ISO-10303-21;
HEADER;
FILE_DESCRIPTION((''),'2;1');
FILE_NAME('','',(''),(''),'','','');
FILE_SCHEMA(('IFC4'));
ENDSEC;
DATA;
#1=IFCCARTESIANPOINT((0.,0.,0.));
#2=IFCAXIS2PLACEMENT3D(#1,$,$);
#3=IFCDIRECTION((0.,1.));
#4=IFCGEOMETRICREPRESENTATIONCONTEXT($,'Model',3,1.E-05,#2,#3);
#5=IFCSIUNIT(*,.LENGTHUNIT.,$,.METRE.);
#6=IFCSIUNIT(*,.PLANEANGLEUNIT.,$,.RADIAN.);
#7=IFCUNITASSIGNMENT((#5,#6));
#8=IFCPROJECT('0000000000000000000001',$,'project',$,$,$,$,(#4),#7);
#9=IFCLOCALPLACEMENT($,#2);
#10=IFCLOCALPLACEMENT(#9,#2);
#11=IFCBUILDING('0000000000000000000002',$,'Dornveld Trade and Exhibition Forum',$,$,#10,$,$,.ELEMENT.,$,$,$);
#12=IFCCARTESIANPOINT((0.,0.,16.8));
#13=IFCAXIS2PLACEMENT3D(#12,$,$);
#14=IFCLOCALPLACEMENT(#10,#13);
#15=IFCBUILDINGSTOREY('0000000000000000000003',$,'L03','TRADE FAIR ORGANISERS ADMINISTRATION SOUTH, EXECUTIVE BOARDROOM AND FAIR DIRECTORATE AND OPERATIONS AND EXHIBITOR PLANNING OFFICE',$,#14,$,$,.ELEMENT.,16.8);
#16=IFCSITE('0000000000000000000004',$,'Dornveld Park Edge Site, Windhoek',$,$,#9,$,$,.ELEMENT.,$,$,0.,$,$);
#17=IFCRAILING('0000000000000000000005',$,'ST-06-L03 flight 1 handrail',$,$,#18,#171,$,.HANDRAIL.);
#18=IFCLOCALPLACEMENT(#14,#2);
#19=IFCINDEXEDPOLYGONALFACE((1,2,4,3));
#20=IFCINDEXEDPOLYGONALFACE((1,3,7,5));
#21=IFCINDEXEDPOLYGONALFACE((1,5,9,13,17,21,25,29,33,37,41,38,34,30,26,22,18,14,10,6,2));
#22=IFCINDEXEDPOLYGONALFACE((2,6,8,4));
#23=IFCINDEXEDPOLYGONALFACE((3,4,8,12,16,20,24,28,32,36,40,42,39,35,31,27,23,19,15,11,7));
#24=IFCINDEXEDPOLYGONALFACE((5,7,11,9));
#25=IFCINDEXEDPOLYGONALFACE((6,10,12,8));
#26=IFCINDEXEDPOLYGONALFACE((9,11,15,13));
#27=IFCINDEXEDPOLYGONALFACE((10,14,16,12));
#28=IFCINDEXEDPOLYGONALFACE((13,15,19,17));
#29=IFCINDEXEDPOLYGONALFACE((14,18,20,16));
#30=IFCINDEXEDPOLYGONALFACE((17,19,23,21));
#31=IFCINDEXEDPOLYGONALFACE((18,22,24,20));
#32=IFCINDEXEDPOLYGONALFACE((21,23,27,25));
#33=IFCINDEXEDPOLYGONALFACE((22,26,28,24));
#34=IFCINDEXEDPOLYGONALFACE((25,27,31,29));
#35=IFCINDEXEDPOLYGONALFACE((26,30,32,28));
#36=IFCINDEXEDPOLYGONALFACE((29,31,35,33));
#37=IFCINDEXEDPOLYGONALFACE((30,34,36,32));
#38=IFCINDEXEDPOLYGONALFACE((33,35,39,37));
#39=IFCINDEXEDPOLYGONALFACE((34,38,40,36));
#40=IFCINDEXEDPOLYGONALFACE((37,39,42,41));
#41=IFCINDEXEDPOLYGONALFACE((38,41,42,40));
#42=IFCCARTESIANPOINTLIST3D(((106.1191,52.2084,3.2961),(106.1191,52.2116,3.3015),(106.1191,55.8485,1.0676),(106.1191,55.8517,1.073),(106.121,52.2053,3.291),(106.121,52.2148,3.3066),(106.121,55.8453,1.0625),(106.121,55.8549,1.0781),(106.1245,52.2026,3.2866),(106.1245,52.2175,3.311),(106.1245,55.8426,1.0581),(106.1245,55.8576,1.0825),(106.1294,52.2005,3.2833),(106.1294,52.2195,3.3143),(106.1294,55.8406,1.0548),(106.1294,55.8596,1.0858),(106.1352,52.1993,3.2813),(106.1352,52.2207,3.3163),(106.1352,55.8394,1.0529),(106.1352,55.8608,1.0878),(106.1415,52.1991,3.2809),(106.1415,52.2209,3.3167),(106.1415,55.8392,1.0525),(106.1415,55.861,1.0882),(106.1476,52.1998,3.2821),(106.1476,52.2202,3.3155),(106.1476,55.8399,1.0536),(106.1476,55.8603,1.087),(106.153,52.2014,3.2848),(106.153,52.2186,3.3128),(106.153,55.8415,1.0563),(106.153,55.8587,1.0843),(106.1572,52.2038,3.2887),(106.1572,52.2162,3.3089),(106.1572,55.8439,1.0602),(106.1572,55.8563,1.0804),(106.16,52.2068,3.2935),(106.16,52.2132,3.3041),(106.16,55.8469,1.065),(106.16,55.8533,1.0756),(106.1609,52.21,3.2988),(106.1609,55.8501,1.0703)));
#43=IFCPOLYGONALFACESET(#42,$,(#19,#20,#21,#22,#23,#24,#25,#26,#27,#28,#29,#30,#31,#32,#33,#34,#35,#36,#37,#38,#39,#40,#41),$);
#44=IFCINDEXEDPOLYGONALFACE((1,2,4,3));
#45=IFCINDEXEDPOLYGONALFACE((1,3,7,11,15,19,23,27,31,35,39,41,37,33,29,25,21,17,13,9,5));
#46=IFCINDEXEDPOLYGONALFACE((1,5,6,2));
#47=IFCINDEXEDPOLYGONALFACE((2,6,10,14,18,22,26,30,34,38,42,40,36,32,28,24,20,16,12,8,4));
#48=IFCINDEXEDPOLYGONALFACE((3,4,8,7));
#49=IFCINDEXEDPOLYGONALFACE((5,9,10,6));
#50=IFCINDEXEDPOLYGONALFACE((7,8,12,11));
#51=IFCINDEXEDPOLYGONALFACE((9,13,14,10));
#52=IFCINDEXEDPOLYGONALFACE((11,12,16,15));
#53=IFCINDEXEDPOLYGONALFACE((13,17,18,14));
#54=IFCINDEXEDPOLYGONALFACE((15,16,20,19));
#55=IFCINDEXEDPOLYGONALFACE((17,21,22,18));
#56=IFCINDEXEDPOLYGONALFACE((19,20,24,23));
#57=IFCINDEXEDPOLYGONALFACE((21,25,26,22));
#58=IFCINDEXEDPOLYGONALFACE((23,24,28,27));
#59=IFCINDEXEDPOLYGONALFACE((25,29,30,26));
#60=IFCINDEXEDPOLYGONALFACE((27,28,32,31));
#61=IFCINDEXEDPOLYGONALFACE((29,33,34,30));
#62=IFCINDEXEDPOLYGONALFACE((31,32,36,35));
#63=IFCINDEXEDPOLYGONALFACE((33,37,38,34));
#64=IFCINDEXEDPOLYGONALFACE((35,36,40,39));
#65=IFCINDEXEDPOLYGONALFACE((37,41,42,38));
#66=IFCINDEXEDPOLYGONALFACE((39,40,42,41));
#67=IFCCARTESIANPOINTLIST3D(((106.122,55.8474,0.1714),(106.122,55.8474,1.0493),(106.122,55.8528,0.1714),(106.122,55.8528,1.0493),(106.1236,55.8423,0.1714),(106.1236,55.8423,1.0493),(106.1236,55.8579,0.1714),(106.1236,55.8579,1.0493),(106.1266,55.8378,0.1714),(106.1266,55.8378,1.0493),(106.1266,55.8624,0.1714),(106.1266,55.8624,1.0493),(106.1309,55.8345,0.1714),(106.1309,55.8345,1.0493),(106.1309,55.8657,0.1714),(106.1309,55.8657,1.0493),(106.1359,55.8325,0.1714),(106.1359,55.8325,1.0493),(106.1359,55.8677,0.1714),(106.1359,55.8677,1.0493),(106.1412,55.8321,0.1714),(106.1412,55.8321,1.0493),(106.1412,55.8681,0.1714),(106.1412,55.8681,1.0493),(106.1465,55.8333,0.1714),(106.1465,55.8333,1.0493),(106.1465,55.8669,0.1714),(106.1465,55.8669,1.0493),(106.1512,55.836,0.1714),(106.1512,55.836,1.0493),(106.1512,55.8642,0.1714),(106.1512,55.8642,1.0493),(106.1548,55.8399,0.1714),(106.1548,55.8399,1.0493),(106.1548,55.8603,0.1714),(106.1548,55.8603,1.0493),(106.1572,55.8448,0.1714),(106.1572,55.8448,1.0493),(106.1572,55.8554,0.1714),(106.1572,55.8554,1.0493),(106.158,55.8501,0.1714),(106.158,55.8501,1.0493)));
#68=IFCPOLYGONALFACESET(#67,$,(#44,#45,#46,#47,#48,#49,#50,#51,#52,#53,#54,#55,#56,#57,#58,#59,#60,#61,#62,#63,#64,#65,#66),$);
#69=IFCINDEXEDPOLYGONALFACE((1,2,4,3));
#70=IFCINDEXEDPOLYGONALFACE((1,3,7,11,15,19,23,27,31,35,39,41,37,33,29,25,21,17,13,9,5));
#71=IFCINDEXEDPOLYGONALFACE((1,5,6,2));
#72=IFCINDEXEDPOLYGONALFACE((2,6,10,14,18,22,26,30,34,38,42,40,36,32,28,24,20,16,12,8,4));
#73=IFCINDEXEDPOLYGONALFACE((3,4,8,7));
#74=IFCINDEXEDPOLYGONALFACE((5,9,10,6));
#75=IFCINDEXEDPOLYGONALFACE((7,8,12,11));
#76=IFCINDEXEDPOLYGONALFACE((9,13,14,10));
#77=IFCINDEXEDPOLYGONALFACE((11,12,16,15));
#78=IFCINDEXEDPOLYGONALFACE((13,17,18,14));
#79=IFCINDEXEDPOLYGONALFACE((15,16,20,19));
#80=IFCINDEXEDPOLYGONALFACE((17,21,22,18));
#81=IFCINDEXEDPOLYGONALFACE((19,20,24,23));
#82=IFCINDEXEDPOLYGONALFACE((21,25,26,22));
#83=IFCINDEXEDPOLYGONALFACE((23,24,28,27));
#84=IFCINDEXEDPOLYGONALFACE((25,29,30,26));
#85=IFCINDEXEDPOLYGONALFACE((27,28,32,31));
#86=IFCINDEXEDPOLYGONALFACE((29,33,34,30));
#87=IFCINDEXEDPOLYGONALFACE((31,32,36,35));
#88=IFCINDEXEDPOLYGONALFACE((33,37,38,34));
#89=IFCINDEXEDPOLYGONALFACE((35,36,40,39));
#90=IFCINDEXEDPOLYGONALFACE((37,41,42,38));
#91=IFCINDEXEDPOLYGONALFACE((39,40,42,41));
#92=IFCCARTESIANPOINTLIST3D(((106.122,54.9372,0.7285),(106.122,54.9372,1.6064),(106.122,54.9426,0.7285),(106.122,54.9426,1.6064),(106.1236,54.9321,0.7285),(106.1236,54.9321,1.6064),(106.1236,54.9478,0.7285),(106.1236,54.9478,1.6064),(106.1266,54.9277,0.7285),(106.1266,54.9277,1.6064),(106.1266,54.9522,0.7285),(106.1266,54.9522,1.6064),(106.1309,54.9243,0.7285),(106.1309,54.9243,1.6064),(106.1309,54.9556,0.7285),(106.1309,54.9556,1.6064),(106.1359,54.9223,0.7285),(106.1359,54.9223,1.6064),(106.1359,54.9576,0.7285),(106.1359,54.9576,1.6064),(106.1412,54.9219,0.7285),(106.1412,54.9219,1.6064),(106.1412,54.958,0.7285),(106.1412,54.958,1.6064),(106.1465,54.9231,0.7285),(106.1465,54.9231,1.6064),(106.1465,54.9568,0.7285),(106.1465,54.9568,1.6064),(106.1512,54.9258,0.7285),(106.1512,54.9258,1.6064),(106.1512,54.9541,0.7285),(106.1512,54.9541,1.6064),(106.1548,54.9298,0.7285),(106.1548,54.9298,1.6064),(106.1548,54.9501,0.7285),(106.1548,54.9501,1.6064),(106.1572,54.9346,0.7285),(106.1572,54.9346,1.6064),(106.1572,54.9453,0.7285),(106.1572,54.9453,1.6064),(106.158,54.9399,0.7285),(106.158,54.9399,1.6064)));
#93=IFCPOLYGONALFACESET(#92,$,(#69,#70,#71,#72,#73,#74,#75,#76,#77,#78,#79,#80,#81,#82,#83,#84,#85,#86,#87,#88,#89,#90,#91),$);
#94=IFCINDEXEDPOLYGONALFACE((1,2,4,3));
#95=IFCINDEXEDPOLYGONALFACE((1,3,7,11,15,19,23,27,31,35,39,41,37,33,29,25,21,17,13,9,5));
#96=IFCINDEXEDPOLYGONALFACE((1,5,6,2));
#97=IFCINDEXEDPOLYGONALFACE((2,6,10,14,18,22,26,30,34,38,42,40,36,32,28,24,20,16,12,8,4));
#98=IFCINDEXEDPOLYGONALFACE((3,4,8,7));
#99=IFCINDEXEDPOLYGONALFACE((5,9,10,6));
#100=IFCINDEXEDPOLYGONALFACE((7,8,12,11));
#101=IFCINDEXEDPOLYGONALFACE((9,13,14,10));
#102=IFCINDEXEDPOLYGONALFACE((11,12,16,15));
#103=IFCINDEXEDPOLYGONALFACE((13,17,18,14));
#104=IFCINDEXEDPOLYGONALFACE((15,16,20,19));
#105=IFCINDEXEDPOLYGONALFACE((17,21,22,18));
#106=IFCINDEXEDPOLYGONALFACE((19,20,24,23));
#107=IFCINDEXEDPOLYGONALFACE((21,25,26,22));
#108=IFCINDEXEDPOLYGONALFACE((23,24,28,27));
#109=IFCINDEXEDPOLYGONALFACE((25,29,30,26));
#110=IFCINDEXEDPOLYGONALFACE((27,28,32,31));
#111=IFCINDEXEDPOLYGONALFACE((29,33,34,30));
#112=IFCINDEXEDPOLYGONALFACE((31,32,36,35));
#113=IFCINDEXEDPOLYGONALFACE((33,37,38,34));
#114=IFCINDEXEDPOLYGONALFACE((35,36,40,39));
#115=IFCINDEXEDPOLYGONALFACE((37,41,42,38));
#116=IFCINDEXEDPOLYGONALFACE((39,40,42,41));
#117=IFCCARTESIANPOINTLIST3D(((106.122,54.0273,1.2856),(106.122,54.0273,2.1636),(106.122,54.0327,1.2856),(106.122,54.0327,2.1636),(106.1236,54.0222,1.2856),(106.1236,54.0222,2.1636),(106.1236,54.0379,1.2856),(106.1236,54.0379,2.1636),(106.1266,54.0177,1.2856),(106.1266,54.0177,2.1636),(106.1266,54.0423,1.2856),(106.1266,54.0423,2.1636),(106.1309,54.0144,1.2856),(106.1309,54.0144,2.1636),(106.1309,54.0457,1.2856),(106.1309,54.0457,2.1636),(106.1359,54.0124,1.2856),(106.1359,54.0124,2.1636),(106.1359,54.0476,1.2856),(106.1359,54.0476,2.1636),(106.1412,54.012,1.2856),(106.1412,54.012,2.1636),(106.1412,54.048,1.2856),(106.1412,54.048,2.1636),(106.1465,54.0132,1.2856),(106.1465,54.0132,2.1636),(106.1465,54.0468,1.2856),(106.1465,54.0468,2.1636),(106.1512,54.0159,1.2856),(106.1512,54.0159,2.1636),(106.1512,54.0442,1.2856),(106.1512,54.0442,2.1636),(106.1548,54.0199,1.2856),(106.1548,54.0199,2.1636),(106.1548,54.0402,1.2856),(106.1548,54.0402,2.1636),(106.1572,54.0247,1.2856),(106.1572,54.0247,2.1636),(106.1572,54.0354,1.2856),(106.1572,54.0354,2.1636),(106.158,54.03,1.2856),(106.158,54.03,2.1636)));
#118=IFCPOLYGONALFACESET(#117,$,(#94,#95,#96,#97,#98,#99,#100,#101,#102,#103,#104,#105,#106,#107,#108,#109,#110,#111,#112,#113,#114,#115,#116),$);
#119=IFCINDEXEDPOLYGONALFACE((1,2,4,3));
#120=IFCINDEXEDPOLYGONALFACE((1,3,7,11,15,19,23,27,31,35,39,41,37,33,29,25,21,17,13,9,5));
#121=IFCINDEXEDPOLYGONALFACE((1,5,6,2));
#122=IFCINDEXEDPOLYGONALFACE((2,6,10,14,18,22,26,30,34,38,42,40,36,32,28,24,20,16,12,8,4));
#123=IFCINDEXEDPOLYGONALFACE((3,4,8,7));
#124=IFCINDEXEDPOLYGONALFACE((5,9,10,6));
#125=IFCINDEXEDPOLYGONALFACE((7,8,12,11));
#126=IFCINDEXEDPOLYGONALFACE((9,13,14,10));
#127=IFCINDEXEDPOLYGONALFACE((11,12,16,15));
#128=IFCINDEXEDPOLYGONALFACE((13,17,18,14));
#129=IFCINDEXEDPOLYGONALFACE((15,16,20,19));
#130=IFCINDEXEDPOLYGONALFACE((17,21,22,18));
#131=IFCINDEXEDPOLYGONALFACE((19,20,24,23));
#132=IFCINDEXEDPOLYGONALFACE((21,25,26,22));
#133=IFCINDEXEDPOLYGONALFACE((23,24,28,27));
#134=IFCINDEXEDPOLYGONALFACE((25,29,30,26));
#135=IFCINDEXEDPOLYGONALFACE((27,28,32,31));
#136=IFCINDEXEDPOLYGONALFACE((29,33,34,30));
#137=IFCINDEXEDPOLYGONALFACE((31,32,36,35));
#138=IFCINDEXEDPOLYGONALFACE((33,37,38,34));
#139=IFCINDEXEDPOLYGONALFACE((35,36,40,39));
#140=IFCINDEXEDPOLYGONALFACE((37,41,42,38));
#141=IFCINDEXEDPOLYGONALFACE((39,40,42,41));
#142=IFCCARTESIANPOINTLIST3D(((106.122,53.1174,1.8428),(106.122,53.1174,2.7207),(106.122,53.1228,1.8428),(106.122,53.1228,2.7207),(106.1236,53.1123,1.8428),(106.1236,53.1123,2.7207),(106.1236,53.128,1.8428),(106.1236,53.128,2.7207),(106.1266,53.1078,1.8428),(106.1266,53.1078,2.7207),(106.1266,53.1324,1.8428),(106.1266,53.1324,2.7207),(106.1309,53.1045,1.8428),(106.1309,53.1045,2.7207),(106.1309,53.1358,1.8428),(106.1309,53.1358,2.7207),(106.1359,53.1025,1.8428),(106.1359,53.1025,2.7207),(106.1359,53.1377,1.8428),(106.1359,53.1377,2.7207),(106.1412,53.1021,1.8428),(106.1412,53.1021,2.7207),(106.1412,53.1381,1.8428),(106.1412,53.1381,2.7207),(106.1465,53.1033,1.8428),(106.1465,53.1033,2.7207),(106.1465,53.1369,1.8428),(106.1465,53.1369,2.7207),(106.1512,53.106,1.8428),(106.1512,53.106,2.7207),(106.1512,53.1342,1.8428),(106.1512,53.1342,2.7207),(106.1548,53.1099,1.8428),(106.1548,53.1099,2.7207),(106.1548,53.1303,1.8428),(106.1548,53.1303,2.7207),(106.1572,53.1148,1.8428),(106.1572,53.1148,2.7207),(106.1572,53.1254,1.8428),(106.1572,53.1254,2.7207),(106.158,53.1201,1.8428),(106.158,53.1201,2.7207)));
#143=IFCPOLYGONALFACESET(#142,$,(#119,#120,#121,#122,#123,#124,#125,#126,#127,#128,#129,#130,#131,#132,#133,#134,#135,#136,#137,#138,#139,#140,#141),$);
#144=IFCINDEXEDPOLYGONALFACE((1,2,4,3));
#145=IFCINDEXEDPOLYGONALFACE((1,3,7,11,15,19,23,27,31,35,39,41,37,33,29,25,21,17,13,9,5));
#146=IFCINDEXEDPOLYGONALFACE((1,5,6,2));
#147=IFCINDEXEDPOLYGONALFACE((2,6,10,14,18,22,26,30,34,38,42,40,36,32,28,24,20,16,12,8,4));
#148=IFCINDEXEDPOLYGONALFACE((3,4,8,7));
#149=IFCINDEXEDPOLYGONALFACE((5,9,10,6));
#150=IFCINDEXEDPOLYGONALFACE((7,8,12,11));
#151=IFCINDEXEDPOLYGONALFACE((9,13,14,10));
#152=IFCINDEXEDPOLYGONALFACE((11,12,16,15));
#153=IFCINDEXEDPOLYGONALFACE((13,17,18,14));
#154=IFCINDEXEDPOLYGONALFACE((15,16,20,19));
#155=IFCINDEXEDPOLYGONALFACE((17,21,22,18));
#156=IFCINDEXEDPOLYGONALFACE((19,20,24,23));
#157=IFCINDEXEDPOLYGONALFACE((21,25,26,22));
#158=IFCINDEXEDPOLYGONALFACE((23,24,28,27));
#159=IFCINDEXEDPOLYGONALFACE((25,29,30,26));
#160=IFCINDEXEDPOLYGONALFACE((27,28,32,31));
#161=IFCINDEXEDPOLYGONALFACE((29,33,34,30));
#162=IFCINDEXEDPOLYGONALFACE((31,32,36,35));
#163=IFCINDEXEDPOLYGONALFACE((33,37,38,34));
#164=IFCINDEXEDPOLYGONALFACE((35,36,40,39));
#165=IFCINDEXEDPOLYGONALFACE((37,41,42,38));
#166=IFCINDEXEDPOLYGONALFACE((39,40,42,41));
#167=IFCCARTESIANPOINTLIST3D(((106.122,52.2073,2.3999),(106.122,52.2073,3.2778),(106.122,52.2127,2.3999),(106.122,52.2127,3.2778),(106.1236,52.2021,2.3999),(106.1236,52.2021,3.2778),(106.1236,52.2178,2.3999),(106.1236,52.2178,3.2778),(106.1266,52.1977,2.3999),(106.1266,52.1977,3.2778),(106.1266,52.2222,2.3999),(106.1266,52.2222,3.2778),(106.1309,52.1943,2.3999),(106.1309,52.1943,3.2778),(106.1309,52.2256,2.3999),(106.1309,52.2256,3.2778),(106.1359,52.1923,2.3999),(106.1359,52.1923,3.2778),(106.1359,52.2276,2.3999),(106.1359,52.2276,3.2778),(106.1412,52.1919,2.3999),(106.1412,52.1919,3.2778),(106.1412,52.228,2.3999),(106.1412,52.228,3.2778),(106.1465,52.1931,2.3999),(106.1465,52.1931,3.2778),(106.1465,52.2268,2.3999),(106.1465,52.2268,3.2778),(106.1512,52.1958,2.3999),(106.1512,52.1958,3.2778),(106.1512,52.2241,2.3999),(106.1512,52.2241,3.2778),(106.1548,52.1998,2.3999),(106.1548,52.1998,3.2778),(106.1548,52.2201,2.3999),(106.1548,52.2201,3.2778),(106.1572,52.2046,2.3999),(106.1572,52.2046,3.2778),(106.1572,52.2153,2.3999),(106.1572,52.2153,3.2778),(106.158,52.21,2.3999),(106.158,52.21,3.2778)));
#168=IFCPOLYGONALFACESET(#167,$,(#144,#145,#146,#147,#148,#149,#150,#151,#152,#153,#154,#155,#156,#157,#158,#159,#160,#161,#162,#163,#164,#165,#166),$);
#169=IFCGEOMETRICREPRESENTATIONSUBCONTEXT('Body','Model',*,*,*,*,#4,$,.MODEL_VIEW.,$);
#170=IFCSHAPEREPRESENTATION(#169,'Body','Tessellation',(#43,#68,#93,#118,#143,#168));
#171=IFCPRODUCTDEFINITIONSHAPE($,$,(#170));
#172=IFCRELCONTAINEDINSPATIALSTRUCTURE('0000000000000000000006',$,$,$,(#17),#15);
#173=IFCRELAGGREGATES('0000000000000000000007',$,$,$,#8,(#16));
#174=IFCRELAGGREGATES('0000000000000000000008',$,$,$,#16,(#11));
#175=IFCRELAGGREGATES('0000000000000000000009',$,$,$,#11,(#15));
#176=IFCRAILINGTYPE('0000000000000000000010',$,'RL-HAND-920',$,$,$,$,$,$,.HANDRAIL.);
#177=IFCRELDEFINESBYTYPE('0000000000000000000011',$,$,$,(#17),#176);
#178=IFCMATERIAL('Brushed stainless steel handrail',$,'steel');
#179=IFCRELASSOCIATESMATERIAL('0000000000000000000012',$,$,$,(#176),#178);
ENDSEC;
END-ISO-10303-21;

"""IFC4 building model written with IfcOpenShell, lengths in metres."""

from ifc_helpers import new_model, si_unit, direction, frame, origin, origin_2d, place, context, subcontext, project, spatial, circle, extrude, material, type_object, element, save


model = new_model("IFC4")

# Units and contexts
model_context = context("Model", 3, precision=1e-05, world=origin(), true_north=direction((0.0, 1.0)))
body_context = subcontext(model_context, "Body", "Model", "MODEL_VIEW")
ifc_project = project(units=[si_unit("LENGTHUNIT", "METRE"), si_unit("PLANEANGLEUNIT", "RADIAN")], contexts=[model_context])

# Site, building, storey
site_placement = place(None, origin())
site = spatial("IfcSite", under=ifc_project, at=site_placement, Name="Dornveld Park Edge Site, Windhoek", CompositionType="ELEMENT", RefElevation=0.0)
building_placement = place(site_placement, origin())
building = spatial("IfcBuilding", under=site, at=building_placement, Name="Dornveld Trade and Exhibition Forum", CompositionType="ELEMENT")
storey_placement = place(building_placement, frame((0.0, 0.0, 16.8)))
storey = spatial("IfcBuildingStorey", under=building, at=storey_placement, Name="L03", Description="TRADE FAIR ORGANISERS ADMINISTRATION SOUTH, EXECUTIVE BOARDROOM AND FAIR DIRECTORATE AND OPERATIONS AND EXHIBITOR PLANNING OFFICE", CompositionType="ELEMENT", Elevation=16.8)

# Railing
ifc_material_1 = material(Name="Brushed stainless steel handrail", Category="steel")
railing_type_1 = type_object("IfcRailingType", Name="RL-HAND-920", PredefinedType="HANDRAIL", material=ifc_material_1)
railing_1_placement = place(storey_placement, frame((106.1399, 55.8501, 0.1714)))
element("IfcRailing", 1, at=railing_1_placement, inside=storey, type_object=railing_type_1, Name="ST-06-L03 flight 1 handrail", PredefinedType="HANDRAIL", context=body_context, shape_type="SweptSolid", body=[
    extrude(circle(Radius=0.021, at=origin_2d()), frame((0.0, 0.0, 0.8989), z_axis=(0.0, -0.852866, 0.52213), x_axis=(1.0, 0.0, 0.0)), (0.0, 0.0, 1.0), 4.2681),
    extrude(circle(Radius=0.0181, at=origin_2d()), origin(), (0.0, 0.0, 1.0), 0.8779),
    extrude(circle(Radius=0.0181, at=origin_2d()), frame((0.0, -0.9102, 0.5571)), (0.0, 0.0, 1.0), 0.8779),
    extrude(circle(Radius=0.0181, at=origin_2d()), frame((0.0, -1.8201, 1.1143)), (0.0, 0.0, 1.0), 0.8779),
    extrude(circle(Radius=0.0181, at=origin_2d()), frame((0.0, -2.73, 1.6714)), (0.0, 0.0, 1.0), 0.8779),
    extrude(circle(Radius=0.0181, at=origin_2d()), frame((0.0, -3.6401, 2.2285)), (0.0, 0.0, 1.0), 0.8779),
])

save(model, "model.ifc")
